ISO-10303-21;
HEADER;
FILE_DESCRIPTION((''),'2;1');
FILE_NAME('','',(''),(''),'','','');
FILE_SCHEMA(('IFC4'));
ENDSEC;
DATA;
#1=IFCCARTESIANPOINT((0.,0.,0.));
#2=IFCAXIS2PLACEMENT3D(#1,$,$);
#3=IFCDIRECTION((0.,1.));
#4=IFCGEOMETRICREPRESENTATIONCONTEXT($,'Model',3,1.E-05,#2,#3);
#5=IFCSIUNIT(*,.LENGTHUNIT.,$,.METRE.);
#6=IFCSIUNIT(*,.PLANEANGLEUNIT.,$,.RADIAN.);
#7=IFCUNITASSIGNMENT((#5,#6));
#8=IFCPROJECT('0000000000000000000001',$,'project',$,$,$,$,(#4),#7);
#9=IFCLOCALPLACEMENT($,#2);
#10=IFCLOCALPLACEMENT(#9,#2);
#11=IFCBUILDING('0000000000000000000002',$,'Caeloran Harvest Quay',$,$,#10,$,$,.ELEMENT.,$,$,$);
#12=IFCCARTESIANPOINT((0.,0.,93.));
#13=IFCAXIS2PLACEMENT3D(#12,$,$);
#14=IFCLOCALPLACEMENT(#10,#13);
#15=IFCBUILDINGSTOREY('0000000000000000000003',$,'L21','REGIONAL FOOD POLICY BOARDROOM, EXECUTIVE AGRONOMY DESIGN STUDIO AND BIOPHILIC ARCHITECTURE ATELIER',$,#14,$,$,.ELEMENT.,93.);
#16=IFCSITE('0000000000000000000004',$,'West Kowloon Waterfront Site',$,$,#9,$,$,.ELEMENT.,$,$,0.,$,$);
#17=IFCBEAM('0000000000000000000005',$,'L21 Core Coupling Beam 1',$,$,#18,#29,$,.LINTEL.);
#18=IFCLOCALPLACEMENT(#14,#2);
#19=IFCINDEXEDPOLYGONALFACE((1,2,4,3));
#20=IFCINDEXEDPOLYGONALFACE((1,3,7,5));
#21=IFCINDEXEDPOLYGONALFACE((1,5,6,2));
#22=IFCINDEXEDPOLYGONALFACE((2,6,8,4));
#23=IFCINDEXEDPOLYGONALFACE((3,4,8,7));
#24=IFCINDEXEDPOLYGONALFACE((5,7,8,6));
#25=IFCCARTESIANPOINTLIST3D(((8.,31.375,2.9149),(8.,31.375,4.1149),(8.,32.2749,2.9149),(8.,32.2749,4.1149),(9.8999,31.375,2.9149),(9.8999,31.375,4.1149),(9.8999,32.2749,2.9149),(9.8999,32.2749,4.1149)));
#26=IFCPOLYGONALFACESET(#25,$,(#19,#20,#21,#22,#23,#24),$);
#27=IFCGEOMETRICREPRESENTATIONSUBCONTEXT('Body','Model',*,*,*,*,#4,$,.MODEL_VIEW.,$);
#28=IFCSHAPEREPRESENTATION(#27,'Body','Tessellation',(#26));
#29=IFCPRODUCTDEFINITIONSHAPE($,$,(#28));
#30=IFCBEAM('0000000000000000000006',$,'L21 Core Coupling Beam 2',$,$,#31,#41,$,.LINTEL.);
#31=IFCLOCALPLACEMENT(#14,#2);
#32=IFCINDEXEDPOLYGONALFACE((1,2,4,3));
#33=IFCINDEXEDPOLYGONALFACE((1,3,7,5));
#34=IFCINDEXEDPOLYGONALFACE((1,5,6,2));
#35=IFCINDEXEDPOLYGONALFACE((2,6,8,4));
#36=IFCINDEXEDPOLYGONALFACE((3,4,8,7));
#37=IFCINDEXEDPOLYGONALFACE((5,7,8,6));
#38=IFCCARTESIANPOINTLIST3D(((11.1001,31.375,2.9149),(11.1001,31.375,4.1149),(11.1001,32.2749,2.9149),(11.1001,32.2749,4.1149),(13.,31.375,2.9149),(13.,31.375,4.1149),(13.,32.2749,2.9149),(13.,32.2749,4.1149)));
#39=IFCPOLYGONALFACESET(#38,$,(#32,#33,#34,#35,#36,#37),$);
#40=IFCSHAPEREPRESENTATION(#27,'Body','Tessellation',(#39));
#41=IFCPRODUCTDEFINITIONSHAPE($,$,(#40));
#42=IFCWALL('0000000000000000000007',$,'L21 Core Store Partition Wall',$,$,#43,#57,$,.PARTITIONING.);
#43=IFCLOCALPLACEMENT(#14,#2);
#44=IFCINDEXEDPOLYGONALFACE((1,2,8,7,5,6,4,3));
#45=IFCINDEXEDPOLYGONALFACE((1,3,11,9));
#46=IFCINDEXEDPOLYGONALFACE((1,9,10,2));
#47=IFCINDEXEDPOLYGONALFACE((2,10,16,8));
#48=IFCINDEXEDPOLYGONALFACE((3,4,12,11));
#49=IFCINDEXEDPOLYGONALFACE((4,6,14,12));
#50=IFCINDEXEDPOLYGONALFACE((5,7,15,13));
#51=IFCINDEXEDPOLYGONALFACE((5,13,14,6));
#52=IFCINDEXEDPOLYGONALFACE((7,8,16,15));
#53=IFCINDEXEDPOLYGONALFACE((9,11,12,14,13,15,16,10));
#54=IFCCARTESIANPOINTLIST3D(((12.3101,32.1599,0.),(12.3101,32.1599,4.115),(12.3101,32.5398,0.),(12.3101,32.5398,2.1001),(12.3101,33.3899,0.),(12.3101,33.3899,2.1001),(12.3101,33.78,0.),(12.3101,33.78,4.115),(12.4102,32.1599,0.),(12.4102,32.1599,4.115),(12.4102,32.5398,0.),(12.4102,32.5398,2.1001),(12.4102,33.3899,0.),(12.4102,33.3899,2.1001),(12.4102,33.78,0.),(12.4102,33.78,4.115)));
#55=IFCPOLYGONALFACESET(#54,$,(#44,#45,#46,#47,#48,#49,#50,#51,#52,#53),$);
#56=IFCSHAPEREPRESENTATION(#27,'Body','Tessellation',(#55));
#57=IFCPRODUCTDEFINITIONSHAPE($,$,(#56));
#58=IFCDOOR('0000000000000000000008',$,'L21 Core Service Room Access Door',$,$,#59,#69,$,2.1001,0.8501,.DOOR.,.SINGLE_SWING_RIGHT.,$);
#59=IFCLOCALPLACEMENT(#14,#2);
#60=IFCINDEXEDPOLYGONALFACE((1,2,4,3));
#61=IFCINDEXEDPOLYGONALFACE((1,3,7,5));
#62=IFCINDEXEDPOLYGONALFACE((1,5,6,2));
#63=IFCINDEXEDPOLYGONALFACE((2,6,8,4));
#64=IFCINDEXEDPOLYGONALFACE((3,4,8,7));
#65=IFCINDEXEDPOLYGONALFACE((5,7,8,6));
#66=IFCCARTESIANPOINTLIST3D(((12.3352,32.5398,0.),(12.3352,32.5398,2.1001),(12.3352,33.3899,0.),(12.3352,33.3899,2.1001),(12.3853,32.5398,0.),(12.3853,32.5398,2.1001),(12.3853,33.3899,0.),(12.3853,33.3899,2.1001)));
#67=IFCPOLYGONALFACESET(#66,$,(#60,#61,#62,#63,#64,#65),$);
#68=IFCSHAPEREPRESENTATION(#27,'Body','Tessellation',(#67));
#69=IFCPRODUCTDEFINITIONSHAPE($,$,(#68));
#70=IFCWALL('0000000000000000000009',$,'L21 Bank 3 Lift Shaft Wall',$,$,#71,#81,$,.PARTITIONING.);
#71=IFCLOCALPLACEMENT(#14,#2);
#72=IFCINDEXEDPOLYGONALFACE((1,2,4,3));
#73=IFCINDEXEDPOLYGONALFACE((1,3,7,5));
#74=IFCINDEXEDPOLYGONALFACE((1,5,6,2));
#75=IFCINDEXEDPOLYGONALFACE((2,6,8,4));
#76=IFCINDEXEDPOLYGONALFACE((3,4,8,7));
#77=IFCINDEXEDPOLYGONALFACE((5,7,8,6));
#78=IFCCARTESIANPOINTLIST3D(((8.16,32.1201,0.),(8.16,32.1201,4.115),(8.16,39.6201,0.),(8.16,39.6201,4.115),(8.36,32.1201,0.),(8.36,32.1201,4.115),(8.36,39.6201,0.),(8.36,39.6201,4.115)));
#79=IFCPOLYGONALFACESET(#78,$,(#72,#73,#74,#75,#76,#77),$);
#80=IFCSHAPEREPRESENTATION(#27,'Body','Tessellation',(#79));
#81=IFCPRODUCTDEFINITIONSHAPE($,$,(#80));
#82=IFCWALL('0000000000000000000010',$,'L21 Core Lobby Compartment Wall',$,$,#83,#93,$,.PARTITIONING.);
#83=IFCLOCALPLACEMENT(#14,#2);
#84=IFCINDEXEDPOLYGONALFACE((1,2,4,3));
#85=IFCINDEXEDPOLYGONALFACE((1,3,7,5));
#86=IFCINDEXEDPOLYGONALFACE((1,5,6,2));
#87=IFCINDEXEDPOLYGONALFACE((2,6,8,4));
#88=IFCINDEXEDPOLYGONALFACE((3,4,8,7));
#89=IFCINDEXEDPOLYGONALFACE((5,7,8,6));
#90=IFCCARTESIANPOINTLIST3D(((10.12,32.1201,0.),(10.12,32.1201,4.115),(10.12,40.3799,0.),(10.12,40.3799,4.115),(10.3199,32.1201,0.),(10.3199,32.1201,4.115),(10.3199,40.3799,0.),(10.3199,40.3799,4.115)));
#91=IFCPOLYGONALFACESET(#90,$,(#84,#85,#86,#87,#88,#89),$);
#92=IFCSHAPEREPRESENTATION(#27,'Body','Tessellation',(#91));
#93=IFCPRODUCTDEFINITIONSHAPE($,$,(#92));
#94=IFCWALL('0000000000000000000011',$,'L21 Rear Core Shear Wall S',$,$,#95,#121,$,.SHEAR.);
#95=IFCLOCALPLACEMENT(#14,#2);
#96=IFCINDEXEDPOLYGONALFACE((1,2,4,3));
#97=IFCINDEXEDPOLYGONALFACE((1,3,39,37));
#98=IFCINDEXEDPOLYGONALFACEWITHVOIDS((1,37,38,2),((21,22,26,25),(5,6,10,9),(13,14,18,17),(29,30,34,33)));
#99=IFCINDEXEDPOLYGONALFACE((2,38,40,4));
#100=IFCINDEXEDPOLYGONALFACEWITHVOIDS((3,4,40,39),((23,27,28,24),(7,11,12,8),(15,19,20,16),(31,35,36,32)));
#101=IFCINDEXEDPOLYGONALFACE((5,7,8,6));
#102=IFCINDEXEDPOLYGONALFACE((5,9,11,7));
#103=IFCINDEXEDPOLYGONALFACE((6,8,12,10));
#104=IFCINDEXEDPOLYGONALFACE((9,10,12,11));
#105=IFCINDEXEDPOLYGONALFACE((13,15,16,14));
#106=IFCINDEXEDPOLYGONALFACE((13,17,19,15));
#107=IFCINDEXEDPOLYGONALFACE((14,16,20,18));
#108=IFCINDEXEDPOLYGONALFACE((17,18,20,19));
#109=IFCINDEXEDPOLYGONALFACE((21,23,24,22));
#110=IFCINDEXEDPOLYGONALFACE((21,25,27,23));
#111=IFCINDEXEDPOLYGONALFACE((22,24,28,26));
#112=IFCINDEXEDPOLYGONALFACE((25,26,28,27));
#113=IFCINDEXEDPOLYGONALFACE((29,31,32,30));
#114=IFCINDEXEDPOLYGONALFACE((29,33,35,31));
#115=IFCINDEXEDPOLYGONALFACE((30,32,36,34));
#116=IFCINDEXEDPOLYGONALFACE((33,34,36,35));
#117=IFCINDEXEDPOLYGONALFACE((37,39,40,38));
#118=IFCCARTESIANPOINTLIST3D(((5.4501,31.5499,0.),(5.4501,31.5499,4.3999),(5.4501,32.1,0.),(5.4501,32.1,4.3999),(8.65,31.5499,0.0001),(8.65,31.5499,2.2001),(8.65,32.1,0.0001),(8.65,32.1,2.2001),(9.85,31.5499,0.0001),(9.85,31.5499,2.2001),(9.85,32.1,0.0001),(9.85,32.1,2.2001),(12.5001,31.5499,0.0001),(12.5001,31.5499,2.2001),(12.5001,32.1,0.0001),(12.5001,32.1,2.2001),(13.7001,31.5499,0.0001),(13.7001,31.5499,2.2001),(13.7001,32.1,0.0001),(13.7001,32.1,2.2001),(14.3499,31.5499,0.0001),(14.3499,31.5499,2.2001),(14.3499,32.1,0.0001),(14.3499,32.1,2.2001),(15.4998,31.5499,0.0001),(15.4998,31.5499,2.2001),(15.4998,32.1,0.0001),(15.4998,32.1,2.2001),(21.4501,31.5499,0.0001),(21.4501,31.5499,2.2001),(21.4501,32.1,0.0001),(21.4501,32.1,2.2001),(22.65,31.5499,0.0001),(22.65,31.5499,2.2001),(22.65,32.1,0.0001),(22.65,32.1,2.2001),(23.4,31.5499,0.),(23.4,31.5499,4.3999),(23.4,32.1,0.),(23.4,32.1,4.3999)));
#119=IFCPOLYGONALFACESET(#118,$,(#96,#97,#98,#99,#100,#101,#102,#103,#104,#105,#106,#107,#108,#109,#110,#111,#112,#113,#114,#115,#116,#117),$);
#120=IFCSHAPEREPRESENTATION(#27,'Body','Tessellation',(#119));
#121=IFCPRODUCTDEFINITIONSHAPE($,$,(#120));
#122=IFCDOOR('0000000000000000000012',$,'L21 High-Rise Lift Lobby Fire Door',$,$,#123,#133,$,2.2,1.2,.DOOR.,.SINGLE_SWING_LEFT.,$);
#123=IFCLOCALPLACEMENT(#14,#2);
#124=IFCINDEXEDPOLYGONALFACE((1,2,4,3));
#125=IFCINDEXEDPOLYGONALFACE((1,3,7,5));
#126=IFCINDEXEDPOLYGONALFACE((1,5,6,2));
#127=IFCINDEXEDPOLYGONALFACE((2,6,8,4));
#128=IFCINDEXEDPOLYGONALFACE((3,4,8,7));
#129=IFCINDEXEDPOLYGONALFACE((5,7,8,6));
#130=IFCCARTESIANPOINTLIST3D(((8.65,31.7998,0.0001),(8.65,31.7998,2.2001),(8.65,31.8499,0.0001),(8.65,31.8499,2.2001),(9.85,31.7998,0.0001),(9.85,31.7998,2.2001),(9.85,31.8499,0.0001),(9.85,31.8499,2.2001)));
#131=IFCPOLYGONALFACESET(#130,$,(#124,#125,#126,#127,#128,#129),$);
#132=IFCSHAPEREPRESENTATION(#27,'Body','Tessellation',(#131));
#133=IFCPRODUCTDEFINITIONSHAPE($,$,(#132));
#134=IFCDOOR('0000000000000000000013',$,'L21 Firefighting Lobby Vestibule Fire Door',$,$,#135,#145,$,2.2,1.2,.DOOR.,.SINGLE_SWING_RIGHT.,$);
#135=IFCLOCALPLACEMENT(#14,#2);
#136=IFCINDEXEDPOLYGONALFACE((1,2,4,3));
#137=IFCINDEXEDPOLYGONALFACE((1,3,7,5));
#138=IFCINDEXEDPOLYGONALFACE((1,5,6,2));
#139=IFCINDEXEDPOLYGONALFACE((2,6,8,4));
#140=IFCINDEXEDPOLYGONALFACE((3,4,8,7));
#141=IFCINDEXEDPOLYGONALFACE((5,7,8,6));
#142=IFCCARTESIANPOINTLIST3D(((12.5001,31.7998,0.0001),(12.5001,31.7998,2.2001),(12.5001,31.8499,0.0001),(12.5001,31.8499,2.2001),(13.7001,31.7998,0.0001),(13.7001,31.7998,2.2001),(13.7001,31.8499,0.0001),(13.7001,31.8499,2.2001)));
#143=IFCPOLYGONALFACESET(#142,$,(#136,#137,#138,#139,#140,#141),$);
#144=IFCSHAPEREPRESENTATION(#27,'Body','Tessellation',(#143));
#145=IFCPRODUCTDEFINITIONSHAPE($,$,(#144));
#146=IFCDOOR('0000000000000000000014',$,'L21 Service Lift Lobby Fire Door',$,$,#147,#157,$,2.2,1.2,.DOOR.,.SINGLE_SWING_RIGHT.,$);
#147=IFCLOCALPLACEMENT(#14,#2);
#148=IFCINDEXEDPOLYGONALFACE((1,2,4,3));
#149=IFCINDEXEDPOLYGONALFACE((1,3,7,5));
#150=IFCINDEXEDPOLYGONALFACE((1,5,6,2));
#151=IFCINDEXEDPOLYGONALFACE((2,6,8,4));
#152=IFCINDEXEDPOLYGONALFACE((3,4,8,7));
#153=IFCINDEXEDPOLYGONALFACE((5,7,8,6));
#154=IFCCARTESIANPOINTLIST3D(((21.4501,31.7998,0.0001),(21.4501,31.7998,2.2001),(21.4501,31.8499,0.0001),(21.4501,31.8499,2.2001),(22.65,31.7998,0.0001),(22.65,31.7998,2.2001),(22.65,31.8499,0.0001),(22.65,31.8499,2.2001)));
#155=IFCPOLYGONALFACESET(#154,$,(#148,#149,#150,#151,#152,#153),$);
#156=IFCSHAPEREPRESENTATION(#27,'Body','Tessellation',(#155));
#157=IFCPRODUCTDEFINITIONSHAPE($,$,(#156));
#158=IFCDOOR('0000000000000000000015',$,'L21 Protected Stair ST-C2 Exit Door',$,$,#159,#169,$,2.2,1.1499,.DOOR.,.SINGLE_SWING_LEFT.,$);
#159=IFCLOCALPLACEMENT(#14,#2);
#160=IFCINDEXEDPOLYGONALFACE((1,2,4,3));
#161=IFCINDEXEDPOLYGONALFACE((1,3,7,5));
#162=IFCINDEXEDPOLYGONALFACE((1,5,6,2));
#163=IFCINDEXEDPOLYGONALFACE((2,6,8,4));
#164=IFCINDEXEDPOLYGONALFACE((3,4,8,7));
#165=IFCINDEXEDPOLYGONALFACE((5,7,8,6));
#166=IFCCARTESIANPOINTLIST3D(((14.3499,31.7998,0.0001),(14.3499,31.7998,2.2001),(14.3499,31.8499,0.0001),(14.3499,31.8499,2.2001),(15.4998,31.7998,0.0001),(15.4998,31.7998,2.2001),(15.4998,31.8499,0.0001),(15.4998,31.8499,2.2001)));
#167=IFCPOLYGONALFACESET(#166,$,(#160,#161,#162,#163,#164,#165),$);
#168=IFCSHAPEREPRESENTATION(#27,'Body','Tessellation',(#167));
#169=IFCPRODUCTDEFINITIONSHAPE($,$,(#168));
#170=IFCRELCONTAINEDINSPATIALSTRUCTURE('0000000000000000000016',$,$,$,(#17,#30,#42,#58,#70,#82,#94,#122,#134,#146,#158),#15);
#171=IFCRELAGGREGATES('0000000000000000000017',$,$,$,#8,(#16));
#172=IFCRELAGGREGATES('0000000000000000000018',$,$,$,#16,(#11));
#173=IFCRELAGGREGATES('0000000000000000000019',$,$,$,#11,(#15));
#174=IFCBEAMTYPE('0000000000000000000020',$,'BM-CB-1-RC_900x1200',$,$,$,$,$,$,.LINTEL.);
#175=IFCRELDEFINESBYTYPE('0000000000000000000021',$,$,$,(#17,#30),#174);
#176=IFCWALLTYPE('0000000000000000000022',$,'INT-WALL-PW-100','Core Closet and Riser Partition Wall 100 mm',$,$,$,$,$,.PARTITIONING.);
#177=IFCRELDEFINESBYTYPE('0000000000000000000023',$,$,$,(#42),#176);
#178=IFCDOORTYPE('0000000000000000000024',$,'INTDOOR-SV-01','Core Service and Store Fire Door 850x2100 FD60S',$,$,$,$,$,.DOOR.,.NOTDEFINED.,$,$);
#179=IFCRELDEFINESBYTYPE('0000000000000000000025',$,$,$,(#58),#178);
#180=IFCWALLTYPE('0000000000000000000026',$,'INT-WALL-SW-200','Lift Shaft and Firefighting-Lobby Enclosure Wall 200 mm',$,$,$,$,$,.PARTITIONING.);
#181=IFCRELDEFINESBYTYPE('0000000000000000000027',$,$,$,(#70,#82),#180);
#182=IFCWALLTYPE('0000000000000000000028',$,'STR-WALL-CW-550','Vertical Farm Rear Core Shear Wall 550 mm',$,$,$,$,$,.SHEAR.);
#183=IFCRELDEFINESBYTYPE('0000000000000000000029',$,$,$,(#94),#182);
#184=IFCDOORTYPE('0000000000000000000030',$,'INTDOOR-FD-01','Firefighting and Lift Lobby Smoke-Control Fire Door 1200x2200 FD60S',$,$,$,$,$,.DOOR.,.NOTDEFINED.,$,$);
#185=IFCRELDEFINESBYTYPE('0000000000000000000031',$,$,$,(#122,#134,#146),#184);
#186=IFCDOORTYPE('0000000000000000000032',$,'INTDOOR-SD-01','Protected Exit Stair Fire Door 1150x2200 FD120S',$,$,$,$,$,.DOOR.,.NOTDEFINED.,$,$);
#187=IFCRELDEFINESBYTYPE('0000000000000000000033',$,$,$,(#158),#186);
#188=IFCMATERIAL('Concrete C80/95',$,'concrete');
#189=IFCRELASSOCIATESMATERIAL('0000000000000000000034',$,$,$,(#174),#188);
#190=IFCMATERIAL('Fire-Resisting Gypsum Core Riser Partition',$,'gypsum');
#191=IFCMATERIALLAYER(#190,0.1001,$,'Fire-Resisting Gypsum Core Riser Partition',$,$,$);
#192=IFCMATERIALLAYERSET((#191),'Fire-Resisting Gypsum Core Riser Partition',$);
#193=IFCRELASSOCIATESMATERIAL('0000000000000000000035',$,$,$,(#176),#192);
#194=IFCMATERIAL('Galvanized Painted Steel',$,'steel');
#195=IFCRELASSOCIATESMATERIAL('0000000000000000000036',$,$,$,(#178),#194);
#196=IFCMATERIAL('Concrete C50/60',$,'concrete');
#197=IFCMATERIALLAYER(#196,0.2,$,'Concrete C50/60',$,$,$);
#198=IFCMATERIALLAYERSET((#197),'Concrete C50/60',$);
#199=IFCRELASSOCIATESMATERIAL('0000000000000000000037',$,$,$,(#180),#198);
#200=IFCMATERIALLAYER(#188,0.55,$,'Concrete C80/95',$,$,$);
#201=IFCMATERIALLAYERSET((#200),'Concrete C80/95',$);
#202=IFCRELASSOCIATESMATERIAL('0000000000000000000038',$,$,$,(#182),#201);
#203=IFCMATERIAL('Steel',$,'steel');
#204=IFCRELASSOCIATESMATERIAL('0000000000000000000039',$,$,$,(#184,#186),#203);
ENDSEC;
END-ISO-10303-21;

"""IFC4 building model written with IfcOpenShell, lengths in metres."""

from ifc_helpers import new_model, si_unit, direction, frame, frame_2d, origin, origin_2d, place, context, subcontext, project, spatial, rectangle, extrude, material, layer, layer_set, material_profile, profile_set, type_object, element, fill, save


model = new_model("IFC4")

# Units and contexts
model_context = context("Model", 3, precision=1e-05, world=origin(), true_north=direction((0.0, 1.0)))
body_context = subcontext(model_context, "Body", "Model", "MODEL_VIEW")
ifc_project = project(units=[si_unit("LENGTHUNIT", "METRE"), si_unit("PLANEANGLEUNIT", "RADIAN")], contexts=[model_context])

# Site, building, storey
site_placement = place(None, origin())
site = spatial("IfcSite", under=ifc_project, at=site_placement, Name="West Kowloon Waterfront Site", CompositionType="ELEMENT", RefElevation=0.0)
building_placement = place(site_placement, origin())
building = spatial("IfcBuilding", under=site, at=building_placement, Name="Caeloran Harvest Quay", CompositionType="ELEMENT")
storey_placement = place(building_placement, frame((0.0, 0.0, 93.0)))
storey = spatial("IfcBuildingStorey", under=building, at=storey_placement, Name="L21", Description="REGIONAL FOOD POLICY BOARDROOM, EXECUTIVE AGRONOMY DESIGN STUDIO AND BIOPHILIC ARCHITECTURE ATELIER", CompositionType="ELEMENT", Elevation=93.0)

# Beams
ifc_material_1 = material(Name="Concrete C80/95", Category="concrete")
ifc_material_profile = material_profile(ifc_material_1, rectangle(XDim=0.8999, YDim=1.2, at=origin_2d()), Name="RC 900x1200")
ifc_profile_set = profile_set([ifc_material_profile], Name="Concrete C80/95")
beam_type = type_object("IfcBeamType", Name="BM-CB-1-RC_900x1200", PredefinedType="LINTEL", material=ifc_profile_set)
for number, where, z_axis, x_axis, name in (
    (1, (8.0, 31.825, 3.5149), (1.0, 0.0, 0.0), (0.0, 1.0, 0.0), "L21 Core Coupling Beam 1"),
    (2, (11.1001, 31.825, 3.5149), (1.0, 0.0, 0.0), (0.0, 1.0, 0.0), "L21 Core Coupling Beam 2"),
):
    element("IfcBeam", number, at=place(storey_placement, frame(where, z_axis=z_axis, x_axis=x_axis)), inside=storey, type_object=beam_type, Name=name, PredefinedType="LINTEL", context=body_context, shape_type="SweptSolid", body=[
        extrude(rectangle(XDim=0.8999, YDim=1.2, at=origin_2d()), origin(), (0.0, 0.0, 1.0), 1.8999),
    ])

# Wall, opening, door
ifc_material_2 = material(Name="Fire-Resisting Gypsum Core Riser Partition", Category="gypsum")
ifc_layer_1 = layer(ifc_material_2, 0.1001, Name="Fire-Resisting Gypsum Core Riser Partition")
ifc_layer_set_1 = layer_set([ifc_layer_1], Name="Fire-Resisting Gypsum Core Riser Partition")
wall_type_1 = type_object("IfcWallType", Name="INT-WALL-PW-100", Description="Core Closet and Riser Partition Wall 100 mm", PredefinedType="PARTITIONING", material=ifc_layer_set_1)
wall_1_placement = place(storey_placement, frame((12.3601, 32.1599, 0.0), z_axis=(0.0, 0.0, 1.0), x_axis=(0.0, 1.0, 0.0)))
wall_1 = element("IfcWall", 3, at=wall_1_placement, inside=storey, type_object=wall_type_1, Name="L21 Core Store Partition Wall", PredefinedType="PARTITIONING", context=body_context, shape_type="SweptSolid", body=[
    extrude(rectangle(XDim=1.6201, YDim=0.1001, at=frame_2d((0.8101, 0.0))), origin(), (0.0, 0.0, 1.0), 4.115),
])
opening_1_placement = place(wall_1_placement, frame((0.3799, 0.0, 0.0)))
opening_1 = element("IfcOpeningElement", 4, at=opening_1_placement, cuts=wall_1, PredefinedType="OPENING", context=body_context, shape_type="SweptSolid", body=[
    extrude(rectangle(XDim=0.8501, YDim=2.1001, at=frame_2d((0.425, 1.05))), frame((0.0, 0.0601, 0.0), z_axis=(0.0, -1.0, 0.0), x_axis=(1.0, 0.0, 0.0)), (0.0, 0.0, 1.0), 0.1201),
])
ifc_material_3 = material(Name="Galvanized Painted Steel", Category="steel")
door_type_1 = type_object("IfcDoorType", Name="INTDOOR-SV-01", Description="Core Service and Store Fire Door 850x2100 FD60S", OperationType="NOTDEFINED", PredefinedType="DOOR", material=ifc_material_3)
door_1_placement = place(opening_1_placement, origin())
door_1 = element("IfcDoor", 5, at=door_1_placement, inside=storey, type_object=door_type_1, Name="L21 Core Service Room Access Door", OperationType="SINGLE_SWING_RIGHT", OverallHeight=2.1001, OverallWidth=0.8501, PredefinedType="DOOR", context=body_context, shape_type="SweptSolid", body=[
    extrude(rectangle(XDim=0.8501, YDim=2.1001, at=frame_2d((0.425, 1.05))), frame((0.0, 0.0249, 0.0), z_axis=(0.0, -1.0, 0.0), x_axis=(1.0, 0.0, 0.0)), (0.0, 0.0, 1.0), 0.05),
])
fill(opening_1, door_1)

# Walls
ifc_material_4 = material(Name="Concrete C50/60", Category="concrete")
ifc_layer_2 = layer(ifc_material_4, 0.2, Name="Concrete C50/60")
ifc_layer_set_2 = layer_set([ifc_layer_2], Name="Concrete C50/60")
wall_type_2 = type_object("IfcWallType", Name="INT-WALL-SW-200", Description="Lift Shaft and Firefighting-Lobby Enclosure Wall 200 mm", PredefinedType="PARTITIONING", material=ifc_layer_set_2)
wall_2_placement = place(storey_placement, frame((8.26, 32.1201, 0.0), z_axis=(0.0, 0.0, 1.0), x_axis=(0.0, 1.0, 0.0)))
element("IfcWall", 6, at=wall_2_placement, inside=storey, type_object=wall_type_2, Name="L21 Bank 3 Lift Shaft Wall", PredefinedType="PARTITIONING", context=body_context, shape_type="SweptSolid", body=[
    extrude(rectangle(XDim=7.5, YDim=0.2, at=frame_2d((3.75, 0.0))), origin(), (0.0, 0.0, 1.0), 4.115),
])
wall_3_placement = place(storey_placement, frame((10.22, 32.1201, 0.0), z_axis=(0.0, 0.0, 1.0), x_axis=(0.0, 1.0, 0.0)))
element("IfcWall", 7, at=wall_3_placement, inside=storey, type_object=wall_type_2, Name="L21 Core Lobby Compartment Wall", PredefinedType="PARTITIONING", context=body_context, shape_type="SweptSolid", body=[
    extrude(rectangle(XDim=8.2598, YDim=0.2, at=frame_2d((4.1299, 0.0))), origin(), (0.0, 0.0, 1.0), 4.115),
])

# Wall, openings, doors
ifc_layer_3 = layer(ifc_material_1, 0.55, Name="Concrete C80/95")
ifc_layer_set_3 = layer_set([ifc_layer_3], Name="Concrete C80/95")
wall_type_3 = type_object("IfcWallType", Name="STR-WALL-CW-550", Description="Vertical Farm Rear Core Shear Wall 550 mm", PredefinedType="SHEAR", material=ifc_layer_set_3)
wall_4_placement = place(storey_placement, frame((5.45, 31.825, 0.0), z_axis=(0.0, 0.0, 1.0), x_axis=(1.0, 0.0, 0.0)))
wall_4 = element("IfcWall", 8, at=wall_4_placement, inside=storey, type_object=wall_type_3, Name="L21 Rear Core Shear Wall S", PredefinedType="SHEAR", context=body_context, shape_type="SweptSolid", body=[
    extrude(rectangle(XDim=17.95, YDim=0.55, at=frame_2d((8.9751, 0.0))), origin(), (0.0, 0.0, 1.0), 4.3999),
])
opening_2_placement = place(wall_4_placement, frame((3.2, 0.0, 0.0)))
opening_2 = element("IfcOpeningElement", 9, at=opening_2_placement, cuts=wall_4, PredefinedType="OPENING", context=body_context, shape_type="SweptSolid", body=[
    extrude(rectangle(XDim=1.2, YDim=2.2, at=frame_2d((0.6001, 1.1001))), frame((0.0, 0.2852, 0.0), z_axis=(0.0, -1.0, 0.0), x_axis=(1.0, 0.0, 0.0)), (0.0, 0.0, 1.0), 0.5701),
])
opening_3_placement = place(wall_4_placement, frame((7.05, 0.0, 0.0)))
opening_3 = element("IfcOpeningElement", 10, at=opening_3_placement, cuts=wall_4, PredefinedType="OPENING", context=body_context, shape_type="SweptSolid", body=[
    extrude(rectangle(XDim=1.2, YDim=2.2, at=frame_2d((0.6001, 1.1001))), frame((0.0, 0.2852, 0.0), z_axis=(0.0, -1.0, 0.0), x_axis=(1.0, 0.0, 0.0)), (0.0, 0.0, 1.0), 0.5701),
])
opening_4_placement = place(wall_4_placement, frame((8.8999, 0.0, 0.0)))
opening_4 = element("IfcOpeningElement", 11, at=opening_4_placement, cuts=wall_4, PredefinedType="OPENING", context=body_context, shape_type="SweptSolid", body=[
    extrude(rectangle(XDim=1.1499, YDim=2.2, at=frame_2d((0.575, 1.1001))), frame((0.0, 0.2852, 0.0), z_axis=(0.0, -1.0, 0.0), x_axis=(1.0, 0.0, 0.0)), (0.0, 0.0, 1.0), 0.5701),
])
opening_5_placement = place(wall_4_placement, frame((16.0, 0.0, 0.0)))
opening_5 = element("IfcOpeningElement", 12, at=opening_5_placement, cuts=wall_4, PredefinedType="OPENING", context=body_context, shape_type="SweptSolid", body=[
    extrude(rectangle(XDim=1.2, YDim=2.2, at=frame_2d((0.6001, 1.1001))), frame((0.0, 0.2852, 0.0), z_axis=(0.0, -1.0, 0.0), x_axis=(1.0, 0.0, 0.0)), (0.0, 0.0, 1.0), 0.5701),
])
ifc_material_5 = material(Name="Steel", Category="steel")
door_type_2 = type_object("IfcDoorType", Name="INTDOOR-FD-01", Description="Firefighting and Lift Lobby Smoke-Control Fire Door 1200x2200 FD60S", OperationType="NOTDEFINED", PredefinedType="DOOR", material=ifc_material_5)
door_2_placement = place(opening_2_placement, origin())
door_2 = element("IfcDoor", 13, at=door_2_placement, inside=storey, type_object=door_type_2, Name="L21 High-Rise Lift Lobby Fire Door", OperationType="SINGLE_SWING_LEFT", OverallHeight=2.2, OverallWidth=1.2, PredefinedType="DOOR", context=body_context, shape_type="SweptSolid", body=[
    extrude(rectangle(XDim=1.2, YDim=2.2, at=frame_2d((0.6001, 1.1001))), frame((0.0, 0.0249, 0.0), z_axis=(0.0, -1.0, 0.0), x_axis=(1.0, 0.0, 0.0)), (0.0, 0.0, 1.0), 0.05),
])
fill(opening_2, door_2)
door_3_placement = place(opening_3_placement, origin())
door_3 = element("IfcDoor", 14, at=door_3_placement, inside=storey, type_object=door_type_2, Name="L21 Firefighting Lobby Vestibule Fire Door", OperationType="SINGLE_SWING_RIGHT", OverallHeight=2.2, OverallWidth=1.2, PredefinedType="DOOR", context=body_context, shape_type="SweptSolid", body=[
    extrude(rectangle(XDim=1.2, YDim=2.2, at=frame_2d((0.6001, 1.1001))), frame((0.0, 0.0249, 0.0), z_axis=(0.0, -1.0, 0.0), x_axis=(1.0, 0.0, 0.0)), (0.0, 0.0, 1.0), 0.05),
])
fill(opening_3, door_3)
door_4_placement = place(opening_5_placement, origin())
door_4 = element("IfcDoor", 15, at=door_4_placement, inside=storey, type_object=door_type_2, Name="L21 Service Lift Lobby Fire Door", OperationType="SINGLE_SWING_RIGHT", OverallHeight=2.2, OverallWidth=1.2, PredefinedType="DOOR", context=body_context, shape_type="SweptSolid", body=[
    extrude(rectangle(XDim=1.2, YDim=2.2, at=frame_2d((0.6001, 1.1001))), frame((0.0, 0.0249, 0.0), z_axis=(0.0, -1.0, 0.0), x_axis=(1.0, 0.0, 0.0)), (0.0, 0.0, 1.0), 0.05),
])
fill(opening_5, door_4)
door_type_3 = type_object("IfcDoorType", Name="INTDOOR-SD-01", Description="Protected Exit Stair Fire Door 1150x2200 FD120S", OperationType="NOTDEFINED", PredefinedType="DOOR", material=ifc_material_5)
door_5_placement = place(opening_4_placement, origin())
door_5 = element("IfcDoor", 16, at=door_5_placement, inside=storey, type_object=door_type_3, Name="L21 Protected Stair ST-C2 Exit Door", OperationType="SINGLE_SWING_LEFT", OverallHeight=2.2, OverallWidth=1.1499, PredefinedType="DOOR", context=body_context, shape_type="SweptSolid", body=[
    extrude(rectangle(XDim=1.1499, YDim=2.2, at=frame_2d((0.575, 1.1001))), frame((0.0, 0.0249, 0.0), z_axis=(0.0, -1.0, 0.0), x_axis=(1.0, 0.0, 0.0)), (0.0, 0.0, 1.0), 0.05),
])
fill(opening_4, door_5)

save(model, "model.ifc")
